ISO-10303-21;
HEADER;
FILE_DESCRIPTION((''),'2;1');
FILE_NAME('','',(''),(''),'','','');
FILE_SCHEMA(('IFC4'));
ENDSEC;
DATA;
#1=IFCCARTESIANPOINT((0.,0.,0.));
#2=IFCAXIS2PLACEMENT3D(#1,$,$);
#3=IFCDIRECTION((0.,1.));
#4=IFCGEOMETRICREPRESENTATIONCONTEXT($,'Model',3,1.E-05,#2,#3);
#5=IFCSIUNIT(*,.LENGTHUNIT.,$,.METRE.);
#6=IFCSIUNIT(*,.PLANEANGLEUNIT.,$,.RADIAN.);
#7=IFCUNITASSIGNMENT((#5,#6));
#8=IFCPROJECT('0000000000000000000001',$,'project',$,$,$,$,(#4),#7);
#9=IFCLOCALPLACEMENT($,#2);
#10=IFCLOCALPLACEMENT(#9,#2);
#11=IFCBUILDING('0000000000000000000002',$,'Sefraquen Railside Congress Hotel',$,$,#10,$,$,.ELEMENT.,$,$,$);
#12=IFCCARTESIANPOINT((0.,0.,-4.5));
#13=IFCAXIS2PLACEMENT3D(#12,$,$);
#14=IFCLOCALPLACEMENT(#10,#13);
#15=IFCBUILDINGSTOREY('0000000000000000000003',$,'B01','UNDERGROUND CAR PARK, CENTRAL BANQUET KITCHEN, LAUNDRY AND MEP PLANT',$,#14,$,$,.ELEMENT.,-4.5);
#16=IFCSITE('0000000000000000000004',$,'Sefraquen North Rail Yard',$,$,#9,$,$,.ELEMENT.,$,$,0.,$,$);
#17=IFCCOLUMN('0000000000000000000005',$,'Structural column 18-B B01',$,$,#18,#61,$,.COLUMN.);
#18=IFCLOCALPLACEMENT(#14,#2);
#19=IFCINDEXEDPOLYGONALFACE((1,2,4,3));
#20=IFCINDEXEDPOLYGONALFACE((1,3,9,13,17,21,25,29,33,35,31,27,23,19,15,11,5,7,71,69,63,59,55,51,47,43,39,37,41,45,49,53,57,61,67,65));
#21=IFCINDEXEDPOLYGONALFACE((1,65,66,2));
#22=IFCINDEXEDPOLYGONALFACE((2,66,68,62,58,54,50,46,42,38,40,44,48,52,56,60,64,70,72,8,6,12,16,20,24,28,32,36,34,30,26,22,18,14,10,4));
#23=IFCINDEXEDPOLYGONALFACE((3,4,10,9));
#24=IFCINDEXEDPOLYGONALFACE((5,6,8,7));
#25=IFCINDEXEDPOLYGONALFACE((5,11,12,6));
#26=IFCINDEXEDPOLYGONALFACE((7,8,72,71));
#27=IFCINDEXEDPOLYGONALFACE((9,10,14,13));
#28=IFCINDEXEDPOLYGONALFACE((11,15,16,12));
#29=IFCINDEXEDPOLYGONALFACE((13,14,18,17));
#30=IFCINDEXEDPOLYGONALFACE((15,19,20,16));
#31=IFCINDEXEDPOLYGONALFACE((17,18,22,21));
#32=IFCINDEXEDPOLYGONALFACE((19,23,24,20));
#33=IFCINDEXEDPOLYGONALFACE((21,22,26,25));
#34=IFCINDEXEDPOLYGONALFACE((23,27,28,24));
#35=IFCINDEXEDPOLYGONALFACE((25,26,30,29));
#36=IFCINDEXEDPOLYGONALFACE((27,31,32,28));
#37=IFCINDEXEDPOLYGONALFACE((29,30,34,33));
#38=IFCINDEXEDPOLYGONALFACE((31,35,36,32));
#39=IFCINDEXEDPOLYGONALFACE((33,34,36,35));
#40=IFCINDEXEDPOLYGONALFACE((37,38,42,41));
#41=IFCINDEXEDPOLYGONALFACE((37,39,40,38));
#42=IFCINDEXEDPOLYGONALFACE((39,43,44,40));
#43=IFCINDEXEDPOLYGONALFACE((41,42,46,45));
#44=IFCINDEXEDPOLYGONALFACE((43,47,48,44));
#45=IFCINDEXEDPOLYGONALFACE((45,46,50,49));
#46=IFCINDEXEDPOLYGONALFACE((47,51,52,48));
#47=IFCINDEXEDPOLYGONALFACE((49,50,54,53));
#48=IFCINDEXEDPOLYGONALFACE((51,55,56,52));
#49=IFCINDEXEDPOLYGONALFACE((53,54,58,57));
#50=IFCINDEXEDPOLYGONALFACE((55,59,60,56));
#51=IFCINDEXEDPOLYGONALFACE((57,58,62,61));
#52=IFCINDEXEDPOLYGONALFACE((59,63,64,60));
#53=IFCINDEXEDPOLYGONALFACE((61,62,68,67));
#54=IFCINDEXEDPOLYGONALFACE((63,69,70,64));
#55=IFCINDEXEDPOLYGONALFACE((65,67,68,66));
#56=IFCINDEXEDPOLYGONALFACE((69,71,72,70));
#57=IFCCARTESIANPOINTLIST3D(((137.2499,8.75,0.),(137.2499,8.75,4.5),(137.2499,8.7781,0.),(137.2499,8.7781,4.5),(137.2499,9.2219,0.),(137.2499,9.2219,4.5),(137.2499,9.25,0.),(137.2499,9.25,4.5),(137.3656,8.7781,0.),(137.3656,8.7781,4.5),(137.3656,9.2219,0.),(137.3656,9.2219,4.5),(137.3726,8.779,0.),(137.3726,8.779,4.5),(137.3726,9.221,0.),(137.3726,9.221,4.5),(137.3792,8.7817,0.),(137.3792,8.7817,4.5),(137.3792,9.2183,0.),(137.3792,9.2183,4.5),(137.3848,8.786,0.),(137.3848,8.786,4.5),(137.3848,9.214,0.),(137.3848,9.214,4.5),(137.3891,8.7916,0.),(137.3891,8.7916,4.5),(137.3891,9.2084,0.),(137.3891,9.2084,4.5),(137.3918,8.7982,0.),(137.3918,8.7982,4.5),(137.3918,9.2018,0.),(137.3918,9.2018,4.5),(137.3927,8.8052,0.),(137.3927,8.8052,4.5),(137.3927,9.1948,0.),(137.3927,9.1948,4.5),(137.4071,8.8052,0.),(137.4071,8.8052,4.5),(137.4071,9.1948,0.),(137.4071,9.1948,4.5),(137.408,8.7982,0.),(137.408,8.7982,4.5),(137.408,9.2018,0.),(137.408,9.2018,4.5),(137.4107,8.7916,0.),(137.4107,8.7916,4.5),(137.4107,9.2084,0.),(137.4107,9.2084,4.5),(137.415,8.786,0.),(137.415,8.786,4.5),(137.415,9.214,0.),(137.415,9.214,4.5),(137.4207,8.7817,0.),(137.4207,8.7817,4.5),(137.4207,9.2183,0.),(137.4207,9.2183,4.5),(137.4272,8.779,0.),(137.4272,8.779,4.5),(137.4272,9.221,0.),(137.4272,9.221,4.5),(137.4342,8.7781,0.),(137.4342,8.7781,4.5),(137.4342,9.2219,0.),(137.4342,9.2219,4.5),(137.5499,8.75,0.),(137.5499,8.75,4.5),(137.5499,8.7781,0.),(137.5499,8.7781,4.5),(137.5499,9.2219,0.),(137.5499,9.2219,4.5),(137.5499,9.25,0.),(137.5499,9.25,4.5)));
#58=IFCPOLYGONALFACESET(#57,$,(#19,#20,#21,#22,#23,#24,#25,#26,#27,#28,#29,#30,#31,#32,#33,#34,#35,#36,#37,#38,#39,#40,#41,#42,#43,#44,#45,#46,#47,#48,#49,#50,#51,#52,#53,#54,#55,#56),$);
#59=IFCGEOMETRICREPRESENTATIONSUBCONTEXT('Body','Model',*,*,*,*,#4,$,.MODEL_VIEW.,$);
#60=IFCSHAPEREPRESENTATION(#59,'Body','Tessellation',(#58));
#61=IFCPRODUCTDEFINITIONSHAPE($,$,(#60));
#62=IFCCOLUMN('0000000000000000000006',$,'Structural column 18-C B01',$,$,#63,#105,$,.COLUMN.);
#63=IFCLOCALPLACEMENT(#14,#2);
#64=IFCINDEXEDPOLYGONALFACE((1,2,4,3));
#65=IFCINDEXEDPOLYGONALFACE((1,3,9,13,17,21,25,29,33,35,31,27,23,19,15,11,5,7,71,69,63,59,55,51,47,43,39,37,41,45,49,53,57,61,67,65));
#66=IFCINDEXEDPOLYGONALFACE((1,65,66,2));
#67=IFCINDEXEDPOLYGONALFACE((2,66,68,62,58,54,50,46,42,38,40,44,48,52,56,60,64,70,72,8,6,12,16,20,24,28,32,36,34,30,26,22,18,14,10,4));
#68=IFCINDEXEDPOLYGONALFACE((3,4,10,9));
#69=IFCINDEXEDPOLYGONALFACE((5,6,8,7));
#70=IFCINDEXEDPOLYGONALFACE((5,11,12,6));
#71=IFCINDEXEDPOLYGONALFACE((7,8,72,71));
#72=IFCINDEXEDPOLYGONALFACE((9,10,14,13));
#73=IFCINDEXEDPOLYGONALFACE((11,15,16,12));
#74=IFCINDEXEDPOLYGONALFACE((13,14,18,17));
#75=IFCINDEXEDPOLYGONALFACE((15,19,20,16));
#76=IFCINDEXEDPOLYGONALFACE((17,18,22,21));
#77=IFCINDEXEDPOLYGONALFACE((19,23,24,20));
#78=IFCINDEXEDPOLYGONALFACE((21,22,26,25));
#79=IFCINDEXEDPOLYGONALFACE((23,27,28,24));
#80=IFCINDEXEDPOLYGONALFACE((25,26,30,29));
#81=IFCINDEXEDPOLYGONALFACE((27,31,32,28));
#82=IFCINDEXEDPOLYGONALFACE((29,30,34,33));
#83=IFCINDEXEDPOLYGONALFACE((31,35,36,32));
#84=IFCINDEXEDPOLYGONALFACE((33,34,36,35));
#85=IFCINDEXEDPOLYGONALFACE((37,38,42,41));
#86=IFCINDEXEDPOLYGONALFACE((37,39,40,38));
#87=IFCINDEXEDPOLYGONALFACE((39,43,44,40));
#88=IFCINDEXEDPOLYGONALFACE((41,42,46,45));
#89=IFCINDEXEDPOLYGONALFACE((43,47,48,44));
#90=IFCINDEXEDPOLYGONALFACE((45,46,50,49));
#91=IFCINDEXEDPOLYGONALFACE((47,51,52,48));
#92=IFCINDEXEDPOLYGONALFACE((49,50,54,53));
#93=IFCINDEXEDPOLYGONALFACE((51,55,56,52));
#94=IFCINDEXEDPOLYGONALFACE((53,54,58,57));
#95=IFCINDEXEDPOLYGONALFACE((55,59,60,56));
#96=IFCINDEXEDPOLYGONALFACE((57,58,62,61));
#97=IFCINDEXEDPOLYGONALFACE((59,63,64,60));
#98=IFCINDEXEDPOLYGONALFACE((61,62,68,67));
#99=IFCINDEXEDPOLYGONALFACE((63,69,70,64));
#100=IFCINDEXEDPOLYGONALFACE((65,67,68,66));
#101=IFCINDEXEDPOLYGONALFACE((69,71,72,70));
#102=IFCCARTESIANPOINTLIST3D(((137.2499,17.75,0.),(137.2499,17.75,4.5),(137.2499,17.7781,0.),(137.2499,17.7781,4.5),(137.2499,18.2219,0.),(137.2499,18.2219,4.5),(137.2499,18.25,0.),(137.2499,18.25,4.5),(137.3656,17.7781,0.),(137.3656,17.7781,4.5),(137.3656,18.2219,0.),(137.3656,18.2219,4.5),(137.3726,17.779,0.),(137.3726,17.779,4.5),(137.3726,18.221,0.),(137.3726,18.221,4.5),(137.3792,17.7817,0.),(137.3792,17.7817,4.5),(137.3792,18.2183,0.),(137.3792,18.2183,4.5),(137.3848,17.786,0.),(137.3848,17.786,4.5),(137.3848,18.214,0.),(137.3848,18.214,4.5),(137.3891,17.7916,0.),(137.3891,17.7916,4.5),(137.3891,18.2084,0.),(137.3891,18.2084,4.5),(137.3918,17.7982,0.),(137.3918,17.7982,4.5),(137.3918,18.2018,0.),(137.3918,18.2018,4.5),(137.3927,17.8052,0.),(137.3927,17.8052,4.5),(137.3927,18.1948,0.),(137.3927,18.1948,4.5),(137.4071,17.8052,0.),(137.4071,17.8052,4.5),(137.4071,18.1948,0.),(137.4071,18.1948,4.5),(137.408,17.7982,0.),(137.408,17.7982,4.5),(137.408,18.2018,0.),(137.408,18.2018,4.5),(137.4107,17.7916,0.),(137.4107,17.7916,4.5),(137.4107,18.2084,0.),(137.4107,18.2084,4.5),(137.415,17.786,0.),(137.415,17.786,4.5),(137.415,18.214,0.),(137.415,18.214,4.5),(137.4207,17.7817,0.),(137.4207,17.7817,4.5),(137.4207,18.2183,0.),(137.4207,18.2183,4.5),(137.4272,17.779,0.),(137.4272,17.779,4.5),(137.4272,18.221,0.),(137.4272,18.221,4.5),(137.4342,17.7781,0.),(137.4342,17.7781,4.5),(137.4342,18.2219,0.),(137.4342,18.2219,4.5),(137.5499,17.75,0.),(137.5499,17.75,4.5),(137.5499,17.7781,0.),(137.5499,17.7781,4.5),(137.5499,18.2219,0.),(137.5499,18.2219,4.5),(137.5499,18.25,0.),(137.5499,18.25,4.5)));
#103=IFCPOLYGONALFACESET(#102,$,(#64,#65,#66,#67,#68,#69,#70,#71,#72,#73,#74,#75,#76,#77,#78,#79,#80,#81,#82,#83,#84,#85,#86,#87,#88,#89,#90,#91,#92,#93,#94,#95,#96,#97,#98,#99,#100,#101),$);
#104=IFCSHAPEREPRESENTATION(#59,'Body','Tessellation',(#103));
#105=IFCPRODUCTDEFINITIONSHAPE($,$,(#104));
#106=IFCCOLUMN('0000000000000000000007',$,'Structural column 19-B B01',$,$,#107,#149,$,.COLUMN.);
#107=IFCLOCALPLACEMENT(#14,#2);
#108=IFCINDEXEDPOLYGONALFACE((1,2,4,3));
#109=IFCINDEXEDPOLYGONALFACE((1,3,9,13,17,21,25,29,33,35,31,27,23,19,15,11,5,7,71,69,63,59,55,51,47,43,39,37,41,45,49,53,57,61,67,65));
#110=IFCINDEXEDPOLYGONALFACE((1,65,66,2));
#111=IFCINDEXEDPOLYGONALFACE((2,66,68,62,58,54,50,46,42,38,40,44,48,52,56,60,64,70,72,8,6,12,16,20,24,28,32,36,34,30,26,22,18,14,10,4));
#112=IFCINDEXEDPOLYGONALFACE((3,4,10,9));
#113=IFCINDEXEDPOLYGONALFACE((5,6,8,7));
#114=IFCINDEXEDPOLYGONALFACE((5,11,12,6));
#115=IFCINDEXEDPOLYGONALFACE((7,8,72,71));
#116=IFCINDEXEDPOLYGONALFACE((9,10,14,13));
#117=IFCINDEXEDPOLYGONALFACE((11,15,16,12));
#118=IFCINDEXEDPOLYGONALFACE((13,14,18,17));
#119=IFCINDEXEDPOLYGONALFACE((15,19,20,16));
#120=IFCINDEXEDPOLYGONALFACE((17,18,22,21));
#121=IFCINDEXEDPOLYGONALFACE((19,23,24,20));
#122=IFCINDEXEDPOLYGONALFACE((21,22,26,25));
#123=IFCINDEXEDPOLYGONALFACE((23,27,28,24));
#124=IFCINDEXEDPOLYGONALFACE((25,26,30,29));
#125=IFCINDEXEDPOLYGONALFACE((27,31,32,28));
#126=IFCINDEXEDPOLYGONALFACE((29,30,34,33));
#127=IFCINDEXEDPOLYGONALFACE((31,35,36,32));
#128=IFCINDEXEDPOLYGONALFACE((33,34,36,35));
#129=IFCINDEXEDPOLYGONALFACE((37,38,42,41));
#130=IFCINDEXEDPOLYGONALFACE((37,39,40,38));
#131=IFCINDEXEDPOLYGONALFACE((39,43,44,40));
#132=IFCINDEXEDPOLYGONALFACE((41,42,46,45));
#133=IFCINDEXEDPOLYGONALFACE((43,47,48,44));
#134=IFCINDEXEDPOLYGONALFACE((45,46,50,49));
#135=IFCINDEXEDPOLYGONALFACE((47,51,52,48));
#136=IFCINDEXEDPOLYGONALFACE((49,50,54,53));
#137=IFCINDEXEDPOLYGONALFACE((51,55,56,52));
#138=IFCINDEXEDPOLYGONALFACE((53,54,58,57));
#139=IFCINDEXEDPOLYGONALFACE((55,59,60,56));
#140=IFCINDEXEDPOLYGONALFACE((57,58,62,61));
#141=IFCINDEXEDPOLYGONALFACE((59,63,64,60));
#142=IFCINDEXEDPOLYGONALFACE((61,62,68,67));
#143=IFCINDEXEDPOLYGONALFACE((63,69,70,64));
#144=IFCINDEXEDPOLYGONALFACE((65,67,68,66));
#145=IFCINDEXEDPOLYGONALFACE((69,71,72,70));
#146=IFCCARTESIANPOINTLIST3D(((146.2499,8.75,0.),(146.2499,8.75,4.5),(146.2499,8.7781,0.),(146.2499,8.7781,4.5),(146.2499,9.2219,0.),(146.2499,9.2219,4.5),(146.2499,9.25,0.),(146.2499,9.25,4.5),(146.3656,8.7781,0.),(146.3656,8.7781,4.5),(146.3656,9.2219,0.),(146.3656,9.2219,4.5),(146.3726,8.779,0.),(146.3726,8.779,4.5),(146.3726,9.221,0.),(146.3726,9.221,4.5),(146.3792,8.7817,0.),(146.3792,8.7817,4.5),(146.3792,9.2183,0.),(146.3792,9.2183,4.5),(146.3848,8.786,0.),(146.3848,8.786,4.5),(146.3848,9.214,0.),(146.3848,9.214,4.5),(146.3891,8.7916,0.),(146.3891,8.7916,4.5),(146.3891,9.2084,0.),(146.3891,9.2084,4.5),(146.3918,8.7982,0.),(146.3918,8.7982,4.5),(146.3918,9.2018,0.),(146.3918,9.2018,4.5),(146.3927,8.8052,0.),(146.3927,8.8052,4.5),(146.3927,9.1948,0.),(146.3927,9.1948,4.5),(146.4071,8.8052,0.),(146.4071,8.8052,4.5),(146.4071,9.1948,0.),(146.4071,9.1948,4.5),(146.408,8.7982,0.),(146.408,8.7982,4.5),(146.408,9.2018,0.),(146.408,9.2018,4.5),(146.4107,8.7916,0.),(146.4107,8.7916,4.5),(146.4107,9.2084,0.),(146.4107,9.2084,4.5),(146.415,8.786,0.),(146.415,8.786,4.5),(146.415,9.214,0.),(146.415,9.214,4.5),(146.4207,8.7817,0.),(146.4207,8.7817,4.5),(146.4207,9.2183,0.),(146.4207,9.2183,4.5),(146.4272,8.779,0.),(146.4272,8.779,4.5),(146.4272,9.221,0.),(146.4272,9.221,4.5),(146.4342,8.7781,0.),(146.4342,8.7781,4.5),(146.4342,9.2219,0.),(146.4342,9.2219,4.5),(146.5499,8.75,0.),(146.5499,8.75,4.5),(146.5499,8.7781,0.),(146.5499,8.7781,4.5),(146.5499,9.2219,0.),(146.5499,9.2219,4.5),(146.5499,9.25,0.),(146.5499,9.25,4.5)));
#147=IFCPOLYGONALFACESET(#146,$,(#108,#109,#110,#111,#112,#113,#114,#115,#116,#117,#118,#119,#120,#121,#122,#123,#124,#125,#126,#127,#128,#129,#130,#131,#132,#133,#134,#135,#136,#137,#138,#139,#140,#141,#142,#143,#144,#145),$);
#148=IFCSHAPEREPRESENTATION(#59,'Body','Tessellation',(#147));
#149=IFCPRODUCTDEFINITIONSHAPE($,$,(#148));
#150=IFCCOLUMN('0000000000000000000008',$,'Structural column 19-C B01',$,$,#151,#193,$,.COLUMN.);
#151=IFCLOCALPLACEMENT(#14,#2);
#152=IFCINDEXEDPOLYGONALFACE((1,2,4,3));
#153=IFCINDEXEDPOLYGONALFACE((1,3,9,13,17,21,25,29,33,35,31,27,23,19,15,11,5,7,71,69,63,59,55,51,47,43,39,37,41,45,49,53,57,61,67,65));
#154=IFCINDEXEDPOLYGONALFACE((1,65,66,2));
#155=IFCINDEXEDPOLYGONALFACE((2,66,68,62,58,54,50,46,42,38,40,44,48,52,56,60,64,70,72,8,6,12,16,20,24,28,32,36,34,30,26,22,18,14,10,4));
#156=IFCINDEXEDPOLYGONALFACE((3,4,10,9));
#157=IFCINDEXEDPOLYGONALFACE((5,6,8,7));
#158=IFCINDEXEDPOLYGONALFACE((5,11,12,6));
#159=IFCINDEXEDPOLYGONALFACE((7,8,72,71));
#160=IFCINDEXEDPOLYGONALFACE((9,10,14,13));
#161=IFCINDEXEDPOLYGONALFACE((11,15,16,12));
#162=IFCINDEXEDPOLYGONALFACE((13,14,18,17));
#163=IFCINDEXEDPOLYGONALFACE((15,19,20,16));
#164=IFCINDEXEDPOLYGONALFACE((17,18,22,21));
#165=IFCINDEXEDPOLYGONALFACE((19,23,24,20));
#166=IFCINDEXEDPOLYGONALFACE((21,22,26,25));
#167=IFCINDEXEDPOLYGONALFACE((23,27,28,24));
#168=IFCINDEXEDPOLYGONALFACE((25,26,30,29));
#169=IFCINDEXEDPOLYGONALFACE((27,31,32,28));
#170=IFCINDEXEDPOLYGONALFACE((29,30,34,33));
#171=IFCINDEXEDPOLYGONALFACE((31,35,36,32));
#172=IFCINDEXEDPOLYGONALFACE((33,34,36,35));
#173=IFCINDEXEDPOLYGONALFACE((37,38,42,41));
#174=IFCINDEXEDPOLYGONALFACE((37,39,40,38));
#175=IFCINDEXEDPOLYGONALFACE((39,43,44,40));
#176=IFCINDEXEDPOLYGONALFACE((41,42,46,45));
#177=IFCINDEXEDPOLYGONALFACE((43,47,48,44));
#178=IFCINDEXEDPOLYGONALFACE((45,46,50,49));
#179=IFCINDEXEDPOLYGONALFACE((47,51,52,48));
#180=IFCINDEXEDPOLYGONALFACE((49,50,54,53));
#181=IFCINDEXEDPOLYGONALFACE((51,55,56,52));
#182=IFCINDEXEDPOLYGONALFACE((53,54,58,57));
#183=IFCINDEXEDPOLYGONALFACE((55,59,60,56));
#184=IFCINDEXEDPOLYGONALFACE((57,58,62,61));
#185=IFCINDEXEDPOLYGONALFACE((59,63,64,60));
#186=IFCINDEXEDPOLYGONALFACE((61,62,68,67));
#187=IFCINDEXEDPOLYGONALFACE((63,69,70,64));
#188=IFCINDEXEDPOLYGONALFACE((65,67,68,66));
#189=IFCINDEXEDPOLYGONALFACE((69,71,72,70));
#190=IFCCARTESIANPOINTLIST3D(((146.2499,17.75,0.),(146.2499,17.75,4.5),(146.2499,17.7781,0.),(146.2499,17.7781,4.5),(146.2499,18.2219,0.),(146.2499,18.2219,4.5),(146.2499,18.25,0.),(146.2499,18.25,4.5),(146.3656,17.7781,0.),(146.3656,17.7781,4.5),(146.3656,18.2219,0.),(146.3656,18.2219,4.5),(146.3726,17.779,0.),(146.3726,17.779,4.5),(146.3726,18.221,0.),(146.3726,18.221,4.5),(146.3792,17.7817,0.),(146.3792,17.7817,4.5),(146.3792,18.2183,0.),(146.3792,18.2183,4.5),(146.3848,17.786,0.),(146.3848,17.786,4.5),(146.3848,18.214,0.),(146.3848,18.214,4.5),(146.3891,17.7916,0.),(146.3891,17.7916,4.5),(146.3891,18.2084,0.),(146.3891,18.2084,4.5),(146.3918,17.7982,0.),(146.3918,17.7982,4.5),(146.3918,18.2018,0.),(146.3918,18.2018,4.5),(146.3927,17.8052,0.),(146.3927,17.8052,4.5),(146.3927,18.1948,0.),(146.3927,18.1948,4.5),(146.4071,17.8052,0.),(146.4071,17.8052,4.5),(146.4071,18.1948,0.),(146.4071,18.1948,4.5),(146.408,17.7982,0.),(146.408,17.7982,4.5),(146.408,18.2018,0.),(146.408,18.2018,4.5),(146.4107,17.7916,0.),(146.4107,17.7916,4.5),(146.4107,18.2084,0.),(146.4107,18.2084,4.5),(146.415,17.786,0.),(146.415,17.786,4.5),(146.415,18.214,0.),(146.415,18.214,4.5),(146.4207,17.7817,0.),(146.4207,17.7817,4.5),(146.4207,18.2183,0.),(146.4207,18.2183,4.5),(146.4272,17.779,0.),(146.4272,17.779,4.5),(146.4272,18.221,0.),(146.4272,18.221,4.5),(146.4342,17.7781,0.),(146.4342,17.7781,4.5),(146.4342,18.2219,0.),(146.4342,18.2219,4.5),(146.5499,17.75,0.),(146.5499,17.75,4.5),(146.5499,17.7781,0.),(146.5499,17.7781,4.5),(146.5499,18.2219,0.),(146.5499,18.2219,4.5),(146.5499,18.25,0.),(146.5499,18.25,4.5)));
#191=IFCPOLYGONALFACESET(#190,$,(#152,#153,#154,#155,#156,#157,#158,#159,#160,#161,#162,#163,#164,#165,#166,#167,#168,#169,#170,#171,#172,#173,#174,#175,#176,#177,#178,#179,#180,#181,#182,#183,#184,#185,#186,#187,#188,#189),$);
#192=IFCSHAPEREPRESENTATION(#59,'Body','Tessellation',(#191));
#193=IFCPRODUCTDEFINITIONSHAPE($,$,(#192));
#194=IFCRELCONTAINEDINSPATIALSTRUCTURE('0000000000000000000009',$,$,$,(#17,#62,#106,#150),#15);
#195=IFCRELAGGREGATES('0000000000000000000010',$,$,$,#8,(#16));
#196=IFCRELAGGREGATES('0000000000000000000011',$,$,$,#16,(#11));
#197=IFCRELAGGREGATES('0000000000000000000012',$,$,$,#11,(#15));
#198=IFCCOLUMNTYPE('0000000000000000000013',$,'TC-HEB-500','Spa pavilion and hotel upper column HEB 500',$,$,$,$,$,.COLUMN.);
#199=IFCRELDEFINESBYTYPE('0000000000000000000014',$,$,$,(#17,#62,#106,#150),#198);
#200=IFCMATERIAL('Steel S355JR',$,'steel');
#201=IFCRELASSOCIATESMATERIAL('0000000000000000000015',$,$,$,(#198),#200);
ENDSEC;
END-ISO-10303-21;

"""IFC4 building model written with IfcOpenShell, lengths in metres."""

from ifc_helpers import new_model, si_unit, direction, frame, origin, origin_2d, place, context, subcontext, project, spatial, i_section, extrude, material, material_profile, profile_set, type_object, element, save


model = new_model("IFC4")

# Units and contexts
model_context = context("Model", 3, precision=1e-05, world=origin(), true_north=direction((0.0, 1.0)))
body_context = subcontext(model_context, "Body", "Model", "MODEL_VIEW")
ifc_project = project(units=[si_unit("LENGTHUNIT", "METRE"), si_unit("PLANEANGLEUNIT", "RADIAN")], contexts=[model_context])

# Site, building, storey
site_placement = place(None, origin())
site = spatial("IfcSite", under=ifc_project, at=site_placement, Name="Sefraquen North Rail Yard", CompositionType="ELEMENT", RefElevation=0.0)
building_placement = place(site_placement, origin())
building = spatial("IfcBuilding", under=site, at=building_placement, Name="Sefraquen Railside Congress Hotel", CompositionType="ELEMENT")
storey_placement = place(building_placement, frame((0.0, 0.0, -4.5)))
storey = spatial("IfcBuildingStorey", under=building, at=storey_placement, Name="B01", Description="UNDERGROUND CAR PARK, CENTRAL BANQUET KITCHEN, LAUNDRY AND MEP PLANT", CompositionType="ELEMENT", Elevation=-4.5)

# Columns
ifc_material_1 = material(Name="Steel S355JR", Category="steel")
ifc_material_profile = material_profile(ifc_material_1, i_section(OverallWidth=0.3, OverallDepth=0.5, WebThickness=0.0144, FlangeThickness=0.0281, FilletRadius=0.0271, at=origin_2d()), Name="HEB 500")
ifc_profile_set = profile_set([ifc_material_profile], Name="Steel S355JR")
column_type = type_object("IfcColumnType", Name="TC-HEB-500", Description="Spa pavilion and hotel upper column HEB 500", PredefinedType="COLUMN", material=ifc_profile_set)
for number, where, z_axis, x_axis, name in (
    (1, (137.3999, 9.0, 0.0), (0.0, 0.0, 1.0), (1.0, 0.0, 0.0), "Structural column 18-B B01"),
    (2, (137.3999, 18.0, 0.0), (0.0, 0.0, 1.0), (1.0, 0.0, 0.0), "Structural column 18-C B01"),
    (3, (146.3999, 9.0, 0.0), (0.0, 0.0, 1.0), (1.0, 0.0, 0.0), "Structural column 19-B B01"),
    (4, (146.3999, 18.0, 0.0), (0.0, 0.0, 1.0), (1.0, 0.0, 0.0), "Structural column 19-C B01"),
):
    element("IfcColumn", number, at=place(storey_placement, frame(where, z_axis=z_axis, x_axis=x_axis)), inside=storey, type_object=column_type, Name=name, PredefinedType="COLUMN", context=body_context, shape_type="SweptSolid", body=[
        extrude(i_section(OverallWidth=0.3, OverallDepth=0.5, WebThickness=0.0144, FlangeThickness=0.0281, FilletRadius=0.0271, at=origin_2d()), origin(), (0.0, 0.0, 1.0), 4.5),
    ])

save(model, "model.ifc")
